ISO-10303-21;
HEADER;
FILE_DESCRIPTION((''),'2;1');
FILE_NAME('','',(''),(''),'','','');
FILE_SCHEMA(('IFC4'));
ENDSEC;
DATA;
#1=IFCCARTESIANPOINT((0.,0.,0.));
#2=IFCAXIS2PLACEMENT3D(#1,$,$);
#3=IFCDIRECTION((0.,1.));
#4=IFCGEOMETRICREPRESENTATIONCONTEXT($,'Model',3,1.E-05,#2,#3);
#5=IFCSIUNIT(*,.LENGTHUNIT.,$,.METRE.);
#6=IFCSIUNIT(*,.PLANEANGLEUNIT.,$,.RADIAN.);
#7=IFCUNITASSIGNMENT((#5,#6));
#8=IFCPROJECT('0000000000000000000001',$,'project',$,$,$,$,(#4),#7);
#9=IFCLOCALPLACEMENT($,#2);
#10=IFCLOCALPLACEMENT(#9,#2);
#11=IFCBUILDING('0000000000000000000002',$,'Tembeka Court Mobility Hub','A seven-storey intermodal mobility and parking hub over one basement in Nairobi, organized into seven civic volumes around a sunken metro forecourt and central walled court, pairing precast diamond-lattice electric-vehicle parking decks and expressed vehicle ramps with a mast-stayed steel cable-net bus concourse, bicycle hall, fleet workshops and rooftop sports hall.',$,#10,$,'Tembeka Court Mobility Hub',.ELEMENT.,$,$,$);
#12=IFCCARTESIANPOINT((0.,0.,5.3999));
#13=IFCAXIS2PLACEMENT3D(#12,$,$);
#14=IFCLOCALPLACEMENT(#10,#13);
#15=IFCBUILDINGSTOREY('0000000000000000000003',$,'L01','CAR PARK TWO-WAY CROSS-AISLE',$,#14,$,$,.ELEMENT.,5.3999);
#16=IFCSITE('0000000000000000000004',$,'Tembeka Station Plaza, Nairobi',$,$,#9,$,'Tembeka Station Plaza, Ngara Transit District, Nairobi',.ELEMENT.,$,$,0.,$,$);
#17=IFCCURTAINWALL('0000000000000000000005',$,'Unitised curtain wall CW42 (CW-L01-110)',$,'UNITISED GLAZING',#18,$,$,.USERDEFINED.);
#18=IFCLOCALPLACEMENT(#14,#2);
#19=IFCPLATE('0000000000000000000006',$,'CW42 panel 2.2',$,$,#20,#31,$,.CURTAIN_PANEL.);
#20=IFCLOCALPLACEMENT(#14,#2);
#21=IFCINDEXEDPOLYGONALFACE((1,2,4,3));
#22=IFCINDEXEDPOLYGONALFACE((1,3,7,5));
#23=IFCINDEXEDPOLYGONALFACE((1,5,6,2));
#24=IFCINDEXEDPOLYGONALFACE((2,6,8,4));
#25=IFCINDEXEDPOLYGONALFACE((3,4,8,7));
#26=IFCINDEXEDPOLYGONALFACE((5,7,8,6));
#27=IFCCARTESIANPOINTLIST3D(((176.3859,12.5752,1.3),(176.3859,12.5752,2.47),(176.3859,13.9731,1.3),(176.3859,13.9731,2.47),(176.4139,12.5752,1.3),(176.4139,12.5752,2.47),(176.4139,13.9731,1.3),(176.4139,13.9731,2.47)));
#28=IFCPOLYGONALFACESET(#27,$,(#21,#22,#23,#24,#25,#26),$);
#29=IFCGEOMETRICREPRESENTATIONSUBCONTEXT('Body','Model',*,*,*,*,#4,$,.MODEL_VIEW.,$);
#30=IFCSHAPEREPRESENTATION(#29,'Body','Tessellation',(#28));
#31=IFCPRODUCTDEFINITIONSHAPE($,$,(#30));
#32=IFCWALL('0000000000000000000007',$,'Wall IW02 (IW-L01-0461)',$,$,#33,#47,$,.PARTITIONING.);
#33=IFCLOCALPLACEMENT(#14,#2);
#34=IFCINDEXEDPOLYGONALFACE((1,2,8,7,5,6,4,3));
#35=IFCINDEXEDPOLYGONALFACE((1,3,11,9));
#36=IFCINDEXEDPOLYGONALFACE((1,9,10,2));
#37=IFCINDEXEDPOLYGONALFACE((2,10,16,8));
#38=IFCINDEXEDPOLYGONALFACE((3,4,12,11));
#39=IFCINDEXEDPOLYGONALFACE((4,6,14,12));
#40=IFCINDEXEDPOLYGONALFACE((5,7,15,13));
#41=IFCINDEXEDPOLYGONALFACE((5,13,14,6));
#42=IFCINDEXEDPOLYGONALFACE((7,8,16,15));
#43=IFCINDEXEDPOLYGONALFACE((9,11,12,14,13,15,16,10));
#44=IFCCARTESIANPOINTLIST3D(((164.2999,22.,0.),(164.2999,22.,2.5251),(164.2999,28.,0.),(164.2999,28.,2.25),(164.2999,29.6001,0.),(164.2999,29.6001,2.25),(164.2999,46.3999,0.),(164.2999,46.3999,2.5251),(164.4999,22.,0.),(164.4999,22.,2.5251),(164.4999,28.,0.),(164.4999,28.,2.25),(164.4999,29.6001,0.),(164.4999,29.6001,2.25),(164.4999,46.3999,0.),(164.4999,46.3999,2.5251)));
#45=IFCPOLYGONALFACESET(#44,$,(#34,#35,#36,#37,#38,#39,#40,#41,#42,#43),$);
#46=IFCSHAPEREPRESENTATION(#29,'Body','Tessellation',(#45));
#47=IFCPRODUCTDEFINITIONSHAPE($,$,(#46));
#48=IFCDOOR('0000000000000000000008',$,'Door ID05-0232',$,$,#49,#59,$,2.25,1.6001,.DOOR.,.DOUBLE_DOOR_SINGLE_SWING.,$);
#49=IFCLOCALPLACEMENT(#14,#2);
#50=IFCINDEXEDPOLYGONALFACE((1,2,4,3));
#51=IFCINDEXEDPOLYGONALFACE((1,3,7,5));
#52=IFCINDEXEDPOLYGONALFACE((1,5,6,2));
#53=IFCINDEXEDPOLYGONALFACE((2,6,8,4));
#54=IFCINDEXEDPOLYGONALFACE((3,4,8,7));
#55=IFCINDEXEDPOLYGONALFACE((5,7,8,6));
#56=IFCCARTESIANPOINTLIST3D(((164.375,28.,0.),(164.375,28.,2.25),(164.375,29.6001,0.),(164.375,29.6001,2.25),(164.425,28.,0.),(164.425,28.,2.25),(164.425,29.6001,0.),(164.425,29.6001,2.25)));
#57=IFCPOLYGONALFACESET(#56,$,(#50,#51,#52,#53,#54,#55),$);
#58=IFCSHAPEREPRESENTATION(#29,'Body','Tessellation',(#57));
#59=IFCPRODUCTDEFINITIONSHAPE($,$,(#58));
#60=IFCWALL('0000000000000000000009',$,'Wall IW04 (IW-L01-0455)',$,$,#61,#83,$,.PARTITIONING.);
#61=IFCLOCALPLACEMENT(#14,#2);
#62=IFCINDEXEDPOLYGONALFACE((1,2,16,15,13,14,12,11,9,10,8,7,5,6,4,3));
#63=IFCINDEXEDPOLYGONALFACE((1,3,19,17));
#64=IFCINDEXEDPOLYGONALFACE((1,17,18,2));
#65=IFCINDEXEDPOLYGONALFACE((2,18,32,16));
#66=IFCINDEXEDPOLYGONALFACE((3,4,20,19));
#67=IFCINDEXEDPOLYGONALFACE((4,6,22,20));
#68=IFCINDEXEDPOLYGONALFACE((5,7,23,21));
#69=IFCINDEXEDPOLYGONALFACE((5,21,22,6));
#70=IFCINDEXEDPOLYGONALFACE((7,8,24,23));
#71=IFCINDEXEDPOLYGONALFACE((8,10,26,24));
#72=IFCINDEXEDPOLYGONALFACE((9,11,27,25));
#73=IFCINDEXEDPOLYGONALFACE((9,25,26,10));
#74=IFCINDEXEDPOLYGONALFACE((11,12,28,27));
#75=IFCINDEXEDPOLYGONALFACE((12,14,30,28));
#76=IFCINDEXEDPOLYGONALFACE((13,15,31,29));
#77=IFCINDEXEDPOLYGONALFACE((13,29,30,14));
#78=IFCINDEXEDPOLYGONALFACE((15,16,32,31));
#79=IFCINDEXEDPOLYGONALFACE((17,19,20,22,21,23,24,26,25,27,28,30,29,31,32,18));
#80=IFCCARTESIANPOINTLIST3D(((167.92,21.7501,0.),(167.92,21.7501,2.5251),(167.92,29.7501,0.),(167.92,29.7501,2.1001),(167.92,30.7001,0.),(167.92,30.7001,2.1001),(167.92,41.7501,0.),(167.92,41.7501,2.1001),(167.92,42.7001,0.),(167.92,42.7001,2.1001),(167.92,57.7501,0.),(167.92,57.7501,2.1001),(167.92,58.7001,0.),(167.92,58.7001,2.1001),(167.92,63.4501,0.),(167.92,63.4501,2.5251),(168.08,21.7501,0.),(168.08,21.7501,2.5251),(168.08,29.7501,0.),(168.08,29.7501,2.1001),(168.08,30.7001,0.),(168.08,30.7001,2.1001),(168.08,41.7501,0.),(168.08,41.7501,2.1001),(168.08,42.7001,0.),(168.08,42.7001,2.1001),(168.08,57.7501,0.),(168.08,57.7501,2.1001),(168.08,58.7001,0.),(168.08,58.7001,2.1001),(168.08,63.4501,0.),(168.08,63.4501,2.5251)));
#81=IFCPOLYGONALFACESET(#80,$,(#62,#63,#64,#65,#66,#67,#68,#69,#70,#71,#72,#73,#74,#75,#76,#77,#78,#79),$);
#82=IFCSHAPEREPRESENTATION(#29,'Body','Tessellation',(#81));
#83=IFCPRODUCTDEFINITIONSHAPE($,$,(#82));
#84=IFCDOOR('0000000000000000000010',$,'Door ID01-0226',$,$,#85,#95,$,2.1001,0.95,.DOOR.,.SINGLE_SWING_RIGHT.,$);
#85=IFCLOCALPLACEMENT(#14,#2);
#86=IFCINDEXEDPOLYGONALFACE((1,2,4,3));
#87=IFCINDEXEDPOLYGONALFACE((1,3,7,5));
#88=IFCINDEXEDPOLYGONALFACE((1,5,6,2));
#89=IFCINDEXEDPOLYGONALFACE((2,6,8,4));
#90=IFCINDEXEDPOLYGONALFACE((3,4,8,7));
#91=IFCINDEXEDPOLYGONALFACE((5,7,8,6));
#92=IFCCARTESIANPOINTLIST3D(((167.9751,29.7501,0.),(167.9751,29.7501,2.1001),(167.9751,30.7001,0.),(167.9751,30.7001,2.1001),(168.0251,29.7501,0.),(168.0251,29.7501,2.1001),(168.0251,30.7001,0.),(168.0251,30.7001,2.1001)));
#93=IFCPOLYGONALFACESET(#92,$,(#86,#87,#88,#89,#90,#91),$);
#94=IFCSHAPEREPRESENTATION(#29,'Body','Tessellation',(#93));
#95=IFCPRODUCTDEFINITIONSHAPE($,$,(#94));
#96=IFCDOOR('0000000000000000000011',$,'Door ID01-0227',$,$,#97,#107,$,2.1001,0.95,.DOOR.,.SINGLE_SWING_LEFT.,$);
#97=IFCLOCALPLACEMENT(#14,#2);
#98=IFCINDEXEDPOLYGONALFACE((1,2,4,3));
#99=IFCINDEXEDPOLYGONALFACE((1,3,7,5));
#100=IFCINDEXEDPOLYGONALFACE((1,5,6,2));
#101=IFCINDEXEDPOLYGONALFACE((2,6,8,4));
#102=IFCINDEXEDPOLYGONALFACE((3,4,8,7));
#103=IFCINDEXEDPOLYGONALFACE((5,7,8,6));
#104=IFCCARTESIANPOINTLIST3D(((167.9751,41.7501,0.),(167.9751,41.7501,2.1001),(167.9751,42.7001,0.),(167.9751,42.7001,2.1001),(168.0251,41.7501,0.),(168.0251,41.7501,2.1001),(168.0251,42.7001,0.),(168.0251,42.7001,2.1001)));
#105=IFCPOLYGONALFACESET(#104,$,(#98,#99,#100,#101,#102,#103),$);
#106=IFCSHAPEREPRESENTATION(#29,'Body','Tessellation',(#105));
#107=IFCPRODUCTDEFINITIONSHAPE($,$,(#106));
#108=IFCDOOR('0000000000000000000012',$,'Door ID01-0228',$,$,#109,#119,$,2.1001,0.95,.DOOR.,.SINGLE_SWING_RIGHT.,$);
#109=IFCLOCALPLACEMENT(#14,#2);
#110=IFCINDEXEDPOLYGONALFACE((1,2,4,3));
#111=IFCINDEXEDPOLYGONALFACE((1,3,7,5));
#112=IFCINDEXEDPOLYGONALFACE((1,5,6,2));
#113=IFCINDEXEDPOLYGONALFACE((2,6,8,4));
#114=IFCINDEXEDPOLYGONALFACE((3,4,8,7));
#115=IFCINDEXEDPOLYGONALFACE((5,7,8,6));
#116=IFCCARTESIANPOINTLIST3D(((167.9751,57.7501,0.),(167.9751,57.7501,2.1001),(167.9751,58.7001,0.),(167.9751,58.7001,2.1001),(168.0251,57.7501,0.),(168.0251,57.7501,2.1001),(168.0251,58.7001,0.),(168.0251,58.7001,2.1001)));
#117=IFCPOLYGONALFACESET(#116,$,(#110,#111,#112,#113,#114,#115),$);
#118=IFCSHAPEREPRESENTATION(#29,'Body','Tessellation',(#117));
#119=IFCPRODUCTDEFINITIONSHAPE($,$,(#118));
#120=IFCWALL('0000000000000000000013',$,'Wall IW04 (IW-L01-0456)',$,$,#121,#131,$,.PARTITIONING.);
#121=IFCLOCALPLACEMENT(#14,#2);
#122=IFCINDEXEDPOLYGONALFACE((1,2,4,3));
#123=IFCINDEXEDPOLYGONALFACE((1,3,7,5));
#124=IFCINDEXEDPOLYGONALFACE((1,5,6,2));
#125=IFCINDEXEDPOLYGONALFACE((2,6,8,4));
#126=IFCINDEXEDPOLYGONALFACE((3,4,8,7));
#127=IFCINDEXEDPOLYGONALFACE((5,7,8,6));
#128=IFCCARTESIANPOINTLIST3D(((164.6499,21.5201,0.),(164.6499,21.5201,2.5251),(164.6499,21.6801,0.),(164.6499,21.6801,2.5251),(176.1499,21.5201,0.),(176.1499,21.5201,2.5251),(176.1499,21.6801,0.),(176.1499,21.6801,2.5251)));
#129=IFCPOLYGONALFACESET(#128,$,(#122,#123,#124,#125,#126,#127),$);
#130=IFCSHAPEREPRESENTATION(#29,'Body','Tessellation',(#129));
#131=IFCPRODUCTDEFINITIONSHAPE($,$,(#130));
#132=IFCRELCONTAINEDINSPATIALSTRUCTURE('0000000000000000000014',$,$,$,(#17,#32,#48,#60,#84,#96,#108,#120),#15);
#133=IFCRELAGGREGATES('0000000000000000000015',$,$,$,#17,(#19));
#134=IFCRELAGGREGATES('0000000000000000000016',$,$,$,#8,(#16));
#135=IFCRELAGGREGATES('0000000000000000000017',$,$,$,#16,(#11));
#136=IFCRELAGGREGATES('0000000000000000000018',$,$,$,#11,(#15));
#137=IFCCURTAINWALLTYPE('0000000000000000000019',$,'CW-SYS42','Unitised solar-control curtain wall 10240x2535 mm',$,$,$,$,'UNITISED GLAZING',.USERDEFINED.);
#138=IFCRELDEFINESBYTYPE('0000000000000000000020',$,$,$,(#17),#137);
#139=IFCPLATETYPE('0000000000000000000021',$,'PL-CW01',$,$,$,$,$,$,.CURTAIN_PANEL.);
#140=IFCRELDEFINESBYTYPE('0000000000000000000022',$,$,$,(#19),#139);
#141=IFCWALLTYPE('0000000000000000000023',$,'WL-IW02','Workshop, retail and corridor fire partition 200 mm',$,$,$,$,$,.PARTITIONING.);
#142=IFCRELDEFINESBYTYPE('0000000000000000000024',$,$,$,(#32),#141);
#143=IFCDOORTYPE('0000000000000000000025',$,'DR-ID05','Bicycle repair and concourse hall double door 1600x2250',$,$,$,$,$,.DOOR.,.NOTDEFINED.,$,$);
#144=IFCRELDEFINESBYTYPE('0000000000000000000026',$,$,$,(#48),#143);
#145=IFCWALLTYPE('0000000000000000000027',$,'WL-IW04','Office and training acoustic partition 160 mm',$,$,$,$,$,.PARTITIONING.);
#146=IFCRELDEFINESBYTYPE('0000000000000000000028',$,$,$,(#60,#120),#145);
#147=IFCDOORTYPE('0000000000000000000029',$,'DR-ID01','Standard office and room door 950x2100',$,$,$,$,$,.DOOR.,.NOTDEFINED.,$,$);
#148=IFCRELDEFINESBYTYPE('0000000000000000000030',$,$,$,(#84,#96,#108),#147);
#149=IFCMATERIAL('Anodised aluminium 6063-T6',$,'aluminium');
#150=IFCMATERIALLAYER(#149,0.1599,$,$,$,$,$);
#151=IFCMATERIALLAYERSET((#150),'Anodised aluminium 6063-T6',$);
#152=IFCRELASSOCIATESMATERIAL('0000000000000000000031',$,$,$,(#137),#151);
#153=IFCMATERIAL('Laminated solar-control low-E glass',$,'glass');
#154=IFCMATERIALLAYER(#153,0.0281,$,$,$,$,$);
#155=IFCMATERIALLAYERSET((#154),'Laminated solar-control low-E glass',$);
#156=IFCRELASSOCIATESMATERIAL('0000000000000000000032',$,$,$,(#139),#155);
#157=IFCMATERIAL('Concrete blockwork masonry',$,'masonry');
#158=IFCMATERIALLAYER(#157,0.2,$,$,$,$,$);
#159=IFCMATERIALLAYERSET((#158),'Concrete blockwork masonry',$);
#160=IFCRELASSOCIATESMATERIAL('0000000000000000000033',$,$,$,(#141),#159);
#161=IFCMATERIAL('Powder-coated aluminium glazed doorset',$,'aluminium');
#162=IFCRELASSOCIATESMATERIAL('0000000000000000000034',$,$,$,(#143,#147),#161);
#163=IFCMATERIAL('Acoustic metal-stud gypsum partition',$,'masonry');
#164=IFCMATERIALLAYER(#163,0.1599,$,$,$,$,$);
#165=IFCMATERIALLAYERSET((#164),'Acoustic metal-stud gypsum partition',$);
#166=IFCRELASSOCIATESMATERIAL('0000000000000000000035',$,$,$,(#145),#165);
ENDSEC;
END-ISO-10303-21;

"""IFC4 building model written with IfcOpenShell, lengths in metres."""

from ifc_helpers import new_model, si_unit, direction, frame, frame_2d, origin, origin_2d, place, context, subcontext, project, spatial, rectangle, extrude, material, layer, layer_set, type_object, element, fill, aggregate, save


model = new_model("IFC4")

# Units and contexts
model_context = context("Model", 3, precision=1e-05, world=origin(), true_north=direction((0.0, 1.0)))
body_context = subcontext(model_context, "Body", "Model", "MODEL_VIEW")
ifc_project = project(units=[si_unit("LENGTHUNIT", "METRE"), si_unit("PLANEANGLEUNIT", "RADIAN")], contexts=[model_context])

# Site, building, storey
site_placement = place(None, origin())
site = spatial("IfcSite", under=ifc_project, at=site_placement, Name="Tembeka Station Plaza, Nairobi", LongName="Tembeka Station Plaza, Ngara Transit District, Nairobi", CompositionType="ELEMENT", RefElevation=0.0)
building_placement = place(site_placement, origin())
building = spatial("IfcBuilding", under=site, at=building_placement, Name="Tembeka Court Mobility Hub", Description="A seven-storey intermodal mobility and parking hub over one basement in Nairobi, organized into seven civic volumes around a sunken metro forecourt and central walled court, pairing precast diamond-lattice electric-vehicle parking decks and expressed vehicle ramps with a mast-stayed steel cable-net bus concourse, bicycle hall, fleet workshops and rooftop sports hall.", LongName="Tembeka Court Mobility Hub", CompositionType="ELEMENT")
storey_placement = place(building_placement, frame((0.0, 0.0, 5.3999)))
storey = spatial("IfcBuildingStorey", under=building, at=storey_placement, Name="L01", Description="CAR PARK TWO-WAY CROSS-AISLE", CompositionType="ELEMENT", Elevation=5.3999)

# Curtain wall, plate
ifc_material_1 = material(Name="Anodised aluminium 6063-T6", Category="aluminium")
ifc_layer_1 = layer(ifc_material_1, 0.1599)
ifc_layer_set_1 = layer_set([ifc_layer_1], Name="Anodised aluminium 6063-T6")
curtain_wall_type = type_object("IfcCurtainWallType", Name="CW-SYS42", Description="Unitised solar-control curtain wall 10240x2535 mm", ElementType="UNITISED GLAZING", PredefinedType="USERDEFINED", material=ifc_layer_set_1)
curtain_wall_placement = place(storey_placement, origin())
curtain_wall = element("IfcCurtainWall", 1, at=curtain_wall_placement, inside=storey, type_object=curtain_wall_type, Name="Unitised curtain wall CW42 (CW-L01-110)", ObjectType="UNITISED GLAZING", PredefinedType="USERDEFINED")
ifc_material_2 = material(Name="Laminated solar-control low-E glass", Category="glass")
ifc_layer_2 = layer(ifc_material_2, 0.0281)
ifc_layer_set_2 = layer_set([ifc_layer_2], Name="Laminated solar-control low-E glass")
plate_type = type_object("IfcPlateType", Name="PL-CW01", PredefinedType="CURTAIN_PANEL", material=ifc_layer_set_2)
plate_1_placement = place(storey_placement, frame((176.3999, 13.2742, 1.3), z_axis=(0.0, 0.0, 1.0), x_axis=(0.0, 1.0, 0.0)))
plate_1 = element("IfcPlate", 2, at=plate_1_placement, type_object=plate_type, Name="CW42 panel 2.2", PredefinedType="CURTAIN_PANEL", context=body_context, shape_type="SweptSolid", body=[
    extrude(rectangle(XDim=1.3979, YDim=0.0281, at=origin_2d()), origin(), (0.0, 0.0, 1.0), 1.1699),
])
aggregate(curtain_wall, [plate_1])

# Wall, opening, door
ifc_material_3 = material(Name="Concrete blockwork masonry", Category="masonry")
ifc_layer_3 = layer(ifc_material_3, 0.2)
ifc_layer_set_3 = layer_set([ifc_layer_3], Name="Concrete blockwork masonry")
wall_type_1 = type_object("IfcWallType", Name="WL-IW02", Description="Workshop, retail and corridor fire partition 200 mm", PredefinedType="PARTITIONING", material=ifc_layer_set_3)
wall_1_placement = place(storey_placement, frame((164.3999, 22.0, 0.0), z_axis=(0.0, 0.0, 1.0), x_axis=(0.0, 1.0, 0.0)))
wall_1 = element("IfcWall", 3, at=wall_1_placement, inside=storey, type_object=wall_type_1, Name="Wall IW02 (IW-L01-0461)", PredefinedType="PARTITIONING", context=body_context, shape_type="SweptSolid", body=[
    extrude(rectangle(XDim=24.3999, YDim=0.2, at=frame_2d((12.2, 0.0))), origin(), (0.0, 0.0, 1.0), 2.5251),
])
opening_1_placement = place(wall_1_placement, frame((6.0, 0.0, 0.0)))
opening_1 = element("IfcOpeningElement", 4, at=opening_1_placement, cuts=wall_1, PredefinedType="OPENING", context=body_context, shape_type="SweptSolid", body=[
    extrude(rectangle(XDim=1.6001, YDim=2.25, at=frame_2d((0.8, 1.125))), frame((0.0, 0.1099, 0.0), z_axis=(0.0, -1.0, 0.0), x_axis=(1.0, 0.0, 0.0)), (0.0, 0.0, 1.0), 0.22),
])
ifc_material_4 = material(Name="Powder-coated aluminium glazed doorset", Category="aluminium")
door_type_1 = type_object("IfcDoorType", Name="DR-ID05", Description="Bicycle repair and concourse hall double door 1600x2250", OperationType="NOTDEFINED", PredefinedType="DOOR", material=ifc_material_4)
door_1_placement = place(opening_1_placement, origin())
door_1 = element("IfcDoor", 5, at=door_1_placement, inside=storey, type_object=door_type_1, Name="Door ID05-0232", OperationType="DOUBLE_DOOR_SINGLE_SWING", OverallHeight=2.25, OverallWidth=1.6001, PredefinedType="DOOR", context=body_context, shape_type="SweptSolid", body=[
    extrude(rectangle(XDim=1.6001, YDim=2.25, at=frame_2d((0.8, 1.125))), frame((0.0, 0.0249, 0.0), z_axis=(0.0, -1.0, 0.0), x_axis=(1.0, 0.0, 0.0)), (0.0, 0.0, 1.0), 0.05),
])
fill(opening_1, door_1)

# Wall, openings, doors
ifc_material_5 = material(Name="Acoustic metal-stud gypsum partition", Category="masonry")
ifc_layer_4 = layer(ifc_material_5, 0.1599)
ifc_layer_set_4 = layer_set([ifc_layer_4], Name="Acoustic metal-stud gypsum partition")
wall_type_2 = type_object("IfcWallType", Name="WL-IW04", Description="Office and training acoustic partition 160 mm", PredefinedType="PARTITIONING", material=ifc_layer_set_4)
wall_2_placement = place(storey_placement, frame((168.0, 21.75, 0.0), z_axis=(0.0, 0.0, 1.0), x_axis=(0.0, 1.0, 0.0)))
wall_2 = element("IfcWall", 6, at=wall_2_placement, inside=storey, type_object=wall_type_2, Name="Wall IW04 (IW-L01-0455)", PredefinedType="PARTITIONING", context=body_context, shape_type="SweptSolid", body=[
    extrude(rectangle(XDim=41.7, YDim=0.1599, at=frame_2d((20.8501, 0.0))), origin(), (0.0, 0.0, 1.0), 2.5251),
])
opening_2_placement = place(wall_2_placement, frame((8.0, 0.0, 0.0)))
opening_2 = element("IfcOpeningElement", 7, at=opening_2_placement, cuts=wall_2, PredefinedType="OPENING", context=body_context, shape_type="SweptSolid", body=[
    extrude(rectangle(XDim=0.95, YDim=2.1001, at=frame_2d((0.4751, 1.05))), frame((0.0, 0.0898, 0.0), z_axis=(0.0, -1.0, 0.0), x_axis=(1.0, 0.0, 0.0)), (0.0, 0.0, 1.0), 0.1799),
])
opening_3_placement = place(wall_2_placement, frame((20.0, 0.0, 0.0)))
opening_3 = element("IfcOpeningElement", 8, at=opening_3_placement, cuts=wall_2, PredefinedType="OPENING", context=body_context, shape_type="SweptSolid", body=[
    extrude(rectangle(XDim=0.95, YDim=2.1001, at=frame_2d((0.4751, 1.05))), frame((0.0, 0.0898, 0.0), z_axis=(0.0, -1.0, 0.0), x_axis=(1.0, 0.0, 0.0)), (0.0, 0.0, 1.0), 0.1799),
])
opening_4_placement = place(wall_2_placement, frame((36.0, 0.0, 0.0)))
opening_4 = element("IfcOpeningElement", 9, at=opening_4_placement, cuts=wall_2, PredefinedType="OPENING", context=body_context, shape_type="SweptSolid", body=[
    extrude(rectangle(XDim=0.95, YDim=2.1001, at=frame_2d((0.4751, 1.05))), frame((0.0, 0.0898, 0.0), z_axis=(0.0, -1.0, 0.0), x_axis=(1.0, 0.0, 0.0)), (0.0, 0.0, 1.0), 0.1799),
])
door_type_2 = type_object("IfcDoorType", Name="DR-ID01", Description="Standard office and room door 950x2100", OperationType="NOTDEFINED", PredefinedType="DOOR", material=ifc_material_4)
door_2_placement = place(opening_2_placement, origin())
door_2 = element("IfcDoor", 10, at=door_2_placement, inside=storey, type_object=door_type_2, Name="Door ID01-0226", OperationType="SINGLE_SWING_RIGHT", OverallHeight=2.1001, OverallWidth=0.95, PredefinedType="DOOR", context=body_context, shape_type="SweptSolid", body=[
    extrude(rectangle(XDim=0.95, YDim=2.1001, at=frame_2d((0.4751, 1.05))), frame((0.0, 0.0249, 0.0), z_axis=(0.0, -1.0, 0.0), x_axis=(1.0, 0.0, 0.0)), (0.0, 0.0, 1.0), 0.05),
])
fill(opening_2, door_2)
door_3_placement = place(opening_3_placement, origin())
door_3 = element("IfcDoor", 11, at=door_3_placement, inside=storey, type_object=door_type_2, Name="Door ID01-0227", OperationType="SINGLE_SWING_LEFT", OverallHeight=2.1001, OverallWidth=0.95, PredefinedType="DOOR", context=body_context, shape_type="SweptSolid", body=[
    extrude(rectangle(XDim=0.95, YDim=2.1001, at=frame_2d((0.4751, 1.05))), frame((0.0, 0.0249, 0.0), z_axis=(0.0, -1.0, 0.0), x_axis=(1.0, 0.0, 0.0)), (0.0, 0.0, 1.0), 0.05),
])
fill(opening_3, door_3)
door_4_placement = place(opening_4_placement, origin())
door_4 = element("IfcDoor", 12, at=door_4_placement, inside=storey, type_object=door_type_2, Name="Door ID01-0228", OperationType="SINGLE_SWING_RIGHT", OverallHeight=2.1001, OverallWidth=0.95, PredefinedType="DOOR", context=body_context, shape_type="SweptSolid", body=[
    extrude(rectangle(XDim=0.95, YDim=2.1001, at=frame_2d((0.4751, 1.05))), frame((0.0, 0.0249, 0.0), z_axis=(0.0, -1.0, 0.0), x_axis=(1.0, 0.0, 0.0)), (0.0, 0.0, 1.0), 0.05),
])
fill(opening_4, door_4)

# Wall
wall_3_placement = place(storey_placement, frame((164.6499, 21.6001, 0.0), z_axis=(0.0, 0.0, 1.0), x_axis=(1.0, 0.0, 0.0)))
element("IfcWall", 13, at=wall_3_placement, inside=storey, type_object=wall_type_2, Name="Wall IW04 (IW-L01-0456)", PredefinedType="PARTITIONING", context=body_context, shape_type="SweptSolid", body=[
    extrude(rectangle(XDim=11.5, YDim=0.1599, at=frame_2d((5.75, 0.0))), origin(), (0.0, 0.0, 1.0), 2.5251),
])

save(model, "model.ifc")
